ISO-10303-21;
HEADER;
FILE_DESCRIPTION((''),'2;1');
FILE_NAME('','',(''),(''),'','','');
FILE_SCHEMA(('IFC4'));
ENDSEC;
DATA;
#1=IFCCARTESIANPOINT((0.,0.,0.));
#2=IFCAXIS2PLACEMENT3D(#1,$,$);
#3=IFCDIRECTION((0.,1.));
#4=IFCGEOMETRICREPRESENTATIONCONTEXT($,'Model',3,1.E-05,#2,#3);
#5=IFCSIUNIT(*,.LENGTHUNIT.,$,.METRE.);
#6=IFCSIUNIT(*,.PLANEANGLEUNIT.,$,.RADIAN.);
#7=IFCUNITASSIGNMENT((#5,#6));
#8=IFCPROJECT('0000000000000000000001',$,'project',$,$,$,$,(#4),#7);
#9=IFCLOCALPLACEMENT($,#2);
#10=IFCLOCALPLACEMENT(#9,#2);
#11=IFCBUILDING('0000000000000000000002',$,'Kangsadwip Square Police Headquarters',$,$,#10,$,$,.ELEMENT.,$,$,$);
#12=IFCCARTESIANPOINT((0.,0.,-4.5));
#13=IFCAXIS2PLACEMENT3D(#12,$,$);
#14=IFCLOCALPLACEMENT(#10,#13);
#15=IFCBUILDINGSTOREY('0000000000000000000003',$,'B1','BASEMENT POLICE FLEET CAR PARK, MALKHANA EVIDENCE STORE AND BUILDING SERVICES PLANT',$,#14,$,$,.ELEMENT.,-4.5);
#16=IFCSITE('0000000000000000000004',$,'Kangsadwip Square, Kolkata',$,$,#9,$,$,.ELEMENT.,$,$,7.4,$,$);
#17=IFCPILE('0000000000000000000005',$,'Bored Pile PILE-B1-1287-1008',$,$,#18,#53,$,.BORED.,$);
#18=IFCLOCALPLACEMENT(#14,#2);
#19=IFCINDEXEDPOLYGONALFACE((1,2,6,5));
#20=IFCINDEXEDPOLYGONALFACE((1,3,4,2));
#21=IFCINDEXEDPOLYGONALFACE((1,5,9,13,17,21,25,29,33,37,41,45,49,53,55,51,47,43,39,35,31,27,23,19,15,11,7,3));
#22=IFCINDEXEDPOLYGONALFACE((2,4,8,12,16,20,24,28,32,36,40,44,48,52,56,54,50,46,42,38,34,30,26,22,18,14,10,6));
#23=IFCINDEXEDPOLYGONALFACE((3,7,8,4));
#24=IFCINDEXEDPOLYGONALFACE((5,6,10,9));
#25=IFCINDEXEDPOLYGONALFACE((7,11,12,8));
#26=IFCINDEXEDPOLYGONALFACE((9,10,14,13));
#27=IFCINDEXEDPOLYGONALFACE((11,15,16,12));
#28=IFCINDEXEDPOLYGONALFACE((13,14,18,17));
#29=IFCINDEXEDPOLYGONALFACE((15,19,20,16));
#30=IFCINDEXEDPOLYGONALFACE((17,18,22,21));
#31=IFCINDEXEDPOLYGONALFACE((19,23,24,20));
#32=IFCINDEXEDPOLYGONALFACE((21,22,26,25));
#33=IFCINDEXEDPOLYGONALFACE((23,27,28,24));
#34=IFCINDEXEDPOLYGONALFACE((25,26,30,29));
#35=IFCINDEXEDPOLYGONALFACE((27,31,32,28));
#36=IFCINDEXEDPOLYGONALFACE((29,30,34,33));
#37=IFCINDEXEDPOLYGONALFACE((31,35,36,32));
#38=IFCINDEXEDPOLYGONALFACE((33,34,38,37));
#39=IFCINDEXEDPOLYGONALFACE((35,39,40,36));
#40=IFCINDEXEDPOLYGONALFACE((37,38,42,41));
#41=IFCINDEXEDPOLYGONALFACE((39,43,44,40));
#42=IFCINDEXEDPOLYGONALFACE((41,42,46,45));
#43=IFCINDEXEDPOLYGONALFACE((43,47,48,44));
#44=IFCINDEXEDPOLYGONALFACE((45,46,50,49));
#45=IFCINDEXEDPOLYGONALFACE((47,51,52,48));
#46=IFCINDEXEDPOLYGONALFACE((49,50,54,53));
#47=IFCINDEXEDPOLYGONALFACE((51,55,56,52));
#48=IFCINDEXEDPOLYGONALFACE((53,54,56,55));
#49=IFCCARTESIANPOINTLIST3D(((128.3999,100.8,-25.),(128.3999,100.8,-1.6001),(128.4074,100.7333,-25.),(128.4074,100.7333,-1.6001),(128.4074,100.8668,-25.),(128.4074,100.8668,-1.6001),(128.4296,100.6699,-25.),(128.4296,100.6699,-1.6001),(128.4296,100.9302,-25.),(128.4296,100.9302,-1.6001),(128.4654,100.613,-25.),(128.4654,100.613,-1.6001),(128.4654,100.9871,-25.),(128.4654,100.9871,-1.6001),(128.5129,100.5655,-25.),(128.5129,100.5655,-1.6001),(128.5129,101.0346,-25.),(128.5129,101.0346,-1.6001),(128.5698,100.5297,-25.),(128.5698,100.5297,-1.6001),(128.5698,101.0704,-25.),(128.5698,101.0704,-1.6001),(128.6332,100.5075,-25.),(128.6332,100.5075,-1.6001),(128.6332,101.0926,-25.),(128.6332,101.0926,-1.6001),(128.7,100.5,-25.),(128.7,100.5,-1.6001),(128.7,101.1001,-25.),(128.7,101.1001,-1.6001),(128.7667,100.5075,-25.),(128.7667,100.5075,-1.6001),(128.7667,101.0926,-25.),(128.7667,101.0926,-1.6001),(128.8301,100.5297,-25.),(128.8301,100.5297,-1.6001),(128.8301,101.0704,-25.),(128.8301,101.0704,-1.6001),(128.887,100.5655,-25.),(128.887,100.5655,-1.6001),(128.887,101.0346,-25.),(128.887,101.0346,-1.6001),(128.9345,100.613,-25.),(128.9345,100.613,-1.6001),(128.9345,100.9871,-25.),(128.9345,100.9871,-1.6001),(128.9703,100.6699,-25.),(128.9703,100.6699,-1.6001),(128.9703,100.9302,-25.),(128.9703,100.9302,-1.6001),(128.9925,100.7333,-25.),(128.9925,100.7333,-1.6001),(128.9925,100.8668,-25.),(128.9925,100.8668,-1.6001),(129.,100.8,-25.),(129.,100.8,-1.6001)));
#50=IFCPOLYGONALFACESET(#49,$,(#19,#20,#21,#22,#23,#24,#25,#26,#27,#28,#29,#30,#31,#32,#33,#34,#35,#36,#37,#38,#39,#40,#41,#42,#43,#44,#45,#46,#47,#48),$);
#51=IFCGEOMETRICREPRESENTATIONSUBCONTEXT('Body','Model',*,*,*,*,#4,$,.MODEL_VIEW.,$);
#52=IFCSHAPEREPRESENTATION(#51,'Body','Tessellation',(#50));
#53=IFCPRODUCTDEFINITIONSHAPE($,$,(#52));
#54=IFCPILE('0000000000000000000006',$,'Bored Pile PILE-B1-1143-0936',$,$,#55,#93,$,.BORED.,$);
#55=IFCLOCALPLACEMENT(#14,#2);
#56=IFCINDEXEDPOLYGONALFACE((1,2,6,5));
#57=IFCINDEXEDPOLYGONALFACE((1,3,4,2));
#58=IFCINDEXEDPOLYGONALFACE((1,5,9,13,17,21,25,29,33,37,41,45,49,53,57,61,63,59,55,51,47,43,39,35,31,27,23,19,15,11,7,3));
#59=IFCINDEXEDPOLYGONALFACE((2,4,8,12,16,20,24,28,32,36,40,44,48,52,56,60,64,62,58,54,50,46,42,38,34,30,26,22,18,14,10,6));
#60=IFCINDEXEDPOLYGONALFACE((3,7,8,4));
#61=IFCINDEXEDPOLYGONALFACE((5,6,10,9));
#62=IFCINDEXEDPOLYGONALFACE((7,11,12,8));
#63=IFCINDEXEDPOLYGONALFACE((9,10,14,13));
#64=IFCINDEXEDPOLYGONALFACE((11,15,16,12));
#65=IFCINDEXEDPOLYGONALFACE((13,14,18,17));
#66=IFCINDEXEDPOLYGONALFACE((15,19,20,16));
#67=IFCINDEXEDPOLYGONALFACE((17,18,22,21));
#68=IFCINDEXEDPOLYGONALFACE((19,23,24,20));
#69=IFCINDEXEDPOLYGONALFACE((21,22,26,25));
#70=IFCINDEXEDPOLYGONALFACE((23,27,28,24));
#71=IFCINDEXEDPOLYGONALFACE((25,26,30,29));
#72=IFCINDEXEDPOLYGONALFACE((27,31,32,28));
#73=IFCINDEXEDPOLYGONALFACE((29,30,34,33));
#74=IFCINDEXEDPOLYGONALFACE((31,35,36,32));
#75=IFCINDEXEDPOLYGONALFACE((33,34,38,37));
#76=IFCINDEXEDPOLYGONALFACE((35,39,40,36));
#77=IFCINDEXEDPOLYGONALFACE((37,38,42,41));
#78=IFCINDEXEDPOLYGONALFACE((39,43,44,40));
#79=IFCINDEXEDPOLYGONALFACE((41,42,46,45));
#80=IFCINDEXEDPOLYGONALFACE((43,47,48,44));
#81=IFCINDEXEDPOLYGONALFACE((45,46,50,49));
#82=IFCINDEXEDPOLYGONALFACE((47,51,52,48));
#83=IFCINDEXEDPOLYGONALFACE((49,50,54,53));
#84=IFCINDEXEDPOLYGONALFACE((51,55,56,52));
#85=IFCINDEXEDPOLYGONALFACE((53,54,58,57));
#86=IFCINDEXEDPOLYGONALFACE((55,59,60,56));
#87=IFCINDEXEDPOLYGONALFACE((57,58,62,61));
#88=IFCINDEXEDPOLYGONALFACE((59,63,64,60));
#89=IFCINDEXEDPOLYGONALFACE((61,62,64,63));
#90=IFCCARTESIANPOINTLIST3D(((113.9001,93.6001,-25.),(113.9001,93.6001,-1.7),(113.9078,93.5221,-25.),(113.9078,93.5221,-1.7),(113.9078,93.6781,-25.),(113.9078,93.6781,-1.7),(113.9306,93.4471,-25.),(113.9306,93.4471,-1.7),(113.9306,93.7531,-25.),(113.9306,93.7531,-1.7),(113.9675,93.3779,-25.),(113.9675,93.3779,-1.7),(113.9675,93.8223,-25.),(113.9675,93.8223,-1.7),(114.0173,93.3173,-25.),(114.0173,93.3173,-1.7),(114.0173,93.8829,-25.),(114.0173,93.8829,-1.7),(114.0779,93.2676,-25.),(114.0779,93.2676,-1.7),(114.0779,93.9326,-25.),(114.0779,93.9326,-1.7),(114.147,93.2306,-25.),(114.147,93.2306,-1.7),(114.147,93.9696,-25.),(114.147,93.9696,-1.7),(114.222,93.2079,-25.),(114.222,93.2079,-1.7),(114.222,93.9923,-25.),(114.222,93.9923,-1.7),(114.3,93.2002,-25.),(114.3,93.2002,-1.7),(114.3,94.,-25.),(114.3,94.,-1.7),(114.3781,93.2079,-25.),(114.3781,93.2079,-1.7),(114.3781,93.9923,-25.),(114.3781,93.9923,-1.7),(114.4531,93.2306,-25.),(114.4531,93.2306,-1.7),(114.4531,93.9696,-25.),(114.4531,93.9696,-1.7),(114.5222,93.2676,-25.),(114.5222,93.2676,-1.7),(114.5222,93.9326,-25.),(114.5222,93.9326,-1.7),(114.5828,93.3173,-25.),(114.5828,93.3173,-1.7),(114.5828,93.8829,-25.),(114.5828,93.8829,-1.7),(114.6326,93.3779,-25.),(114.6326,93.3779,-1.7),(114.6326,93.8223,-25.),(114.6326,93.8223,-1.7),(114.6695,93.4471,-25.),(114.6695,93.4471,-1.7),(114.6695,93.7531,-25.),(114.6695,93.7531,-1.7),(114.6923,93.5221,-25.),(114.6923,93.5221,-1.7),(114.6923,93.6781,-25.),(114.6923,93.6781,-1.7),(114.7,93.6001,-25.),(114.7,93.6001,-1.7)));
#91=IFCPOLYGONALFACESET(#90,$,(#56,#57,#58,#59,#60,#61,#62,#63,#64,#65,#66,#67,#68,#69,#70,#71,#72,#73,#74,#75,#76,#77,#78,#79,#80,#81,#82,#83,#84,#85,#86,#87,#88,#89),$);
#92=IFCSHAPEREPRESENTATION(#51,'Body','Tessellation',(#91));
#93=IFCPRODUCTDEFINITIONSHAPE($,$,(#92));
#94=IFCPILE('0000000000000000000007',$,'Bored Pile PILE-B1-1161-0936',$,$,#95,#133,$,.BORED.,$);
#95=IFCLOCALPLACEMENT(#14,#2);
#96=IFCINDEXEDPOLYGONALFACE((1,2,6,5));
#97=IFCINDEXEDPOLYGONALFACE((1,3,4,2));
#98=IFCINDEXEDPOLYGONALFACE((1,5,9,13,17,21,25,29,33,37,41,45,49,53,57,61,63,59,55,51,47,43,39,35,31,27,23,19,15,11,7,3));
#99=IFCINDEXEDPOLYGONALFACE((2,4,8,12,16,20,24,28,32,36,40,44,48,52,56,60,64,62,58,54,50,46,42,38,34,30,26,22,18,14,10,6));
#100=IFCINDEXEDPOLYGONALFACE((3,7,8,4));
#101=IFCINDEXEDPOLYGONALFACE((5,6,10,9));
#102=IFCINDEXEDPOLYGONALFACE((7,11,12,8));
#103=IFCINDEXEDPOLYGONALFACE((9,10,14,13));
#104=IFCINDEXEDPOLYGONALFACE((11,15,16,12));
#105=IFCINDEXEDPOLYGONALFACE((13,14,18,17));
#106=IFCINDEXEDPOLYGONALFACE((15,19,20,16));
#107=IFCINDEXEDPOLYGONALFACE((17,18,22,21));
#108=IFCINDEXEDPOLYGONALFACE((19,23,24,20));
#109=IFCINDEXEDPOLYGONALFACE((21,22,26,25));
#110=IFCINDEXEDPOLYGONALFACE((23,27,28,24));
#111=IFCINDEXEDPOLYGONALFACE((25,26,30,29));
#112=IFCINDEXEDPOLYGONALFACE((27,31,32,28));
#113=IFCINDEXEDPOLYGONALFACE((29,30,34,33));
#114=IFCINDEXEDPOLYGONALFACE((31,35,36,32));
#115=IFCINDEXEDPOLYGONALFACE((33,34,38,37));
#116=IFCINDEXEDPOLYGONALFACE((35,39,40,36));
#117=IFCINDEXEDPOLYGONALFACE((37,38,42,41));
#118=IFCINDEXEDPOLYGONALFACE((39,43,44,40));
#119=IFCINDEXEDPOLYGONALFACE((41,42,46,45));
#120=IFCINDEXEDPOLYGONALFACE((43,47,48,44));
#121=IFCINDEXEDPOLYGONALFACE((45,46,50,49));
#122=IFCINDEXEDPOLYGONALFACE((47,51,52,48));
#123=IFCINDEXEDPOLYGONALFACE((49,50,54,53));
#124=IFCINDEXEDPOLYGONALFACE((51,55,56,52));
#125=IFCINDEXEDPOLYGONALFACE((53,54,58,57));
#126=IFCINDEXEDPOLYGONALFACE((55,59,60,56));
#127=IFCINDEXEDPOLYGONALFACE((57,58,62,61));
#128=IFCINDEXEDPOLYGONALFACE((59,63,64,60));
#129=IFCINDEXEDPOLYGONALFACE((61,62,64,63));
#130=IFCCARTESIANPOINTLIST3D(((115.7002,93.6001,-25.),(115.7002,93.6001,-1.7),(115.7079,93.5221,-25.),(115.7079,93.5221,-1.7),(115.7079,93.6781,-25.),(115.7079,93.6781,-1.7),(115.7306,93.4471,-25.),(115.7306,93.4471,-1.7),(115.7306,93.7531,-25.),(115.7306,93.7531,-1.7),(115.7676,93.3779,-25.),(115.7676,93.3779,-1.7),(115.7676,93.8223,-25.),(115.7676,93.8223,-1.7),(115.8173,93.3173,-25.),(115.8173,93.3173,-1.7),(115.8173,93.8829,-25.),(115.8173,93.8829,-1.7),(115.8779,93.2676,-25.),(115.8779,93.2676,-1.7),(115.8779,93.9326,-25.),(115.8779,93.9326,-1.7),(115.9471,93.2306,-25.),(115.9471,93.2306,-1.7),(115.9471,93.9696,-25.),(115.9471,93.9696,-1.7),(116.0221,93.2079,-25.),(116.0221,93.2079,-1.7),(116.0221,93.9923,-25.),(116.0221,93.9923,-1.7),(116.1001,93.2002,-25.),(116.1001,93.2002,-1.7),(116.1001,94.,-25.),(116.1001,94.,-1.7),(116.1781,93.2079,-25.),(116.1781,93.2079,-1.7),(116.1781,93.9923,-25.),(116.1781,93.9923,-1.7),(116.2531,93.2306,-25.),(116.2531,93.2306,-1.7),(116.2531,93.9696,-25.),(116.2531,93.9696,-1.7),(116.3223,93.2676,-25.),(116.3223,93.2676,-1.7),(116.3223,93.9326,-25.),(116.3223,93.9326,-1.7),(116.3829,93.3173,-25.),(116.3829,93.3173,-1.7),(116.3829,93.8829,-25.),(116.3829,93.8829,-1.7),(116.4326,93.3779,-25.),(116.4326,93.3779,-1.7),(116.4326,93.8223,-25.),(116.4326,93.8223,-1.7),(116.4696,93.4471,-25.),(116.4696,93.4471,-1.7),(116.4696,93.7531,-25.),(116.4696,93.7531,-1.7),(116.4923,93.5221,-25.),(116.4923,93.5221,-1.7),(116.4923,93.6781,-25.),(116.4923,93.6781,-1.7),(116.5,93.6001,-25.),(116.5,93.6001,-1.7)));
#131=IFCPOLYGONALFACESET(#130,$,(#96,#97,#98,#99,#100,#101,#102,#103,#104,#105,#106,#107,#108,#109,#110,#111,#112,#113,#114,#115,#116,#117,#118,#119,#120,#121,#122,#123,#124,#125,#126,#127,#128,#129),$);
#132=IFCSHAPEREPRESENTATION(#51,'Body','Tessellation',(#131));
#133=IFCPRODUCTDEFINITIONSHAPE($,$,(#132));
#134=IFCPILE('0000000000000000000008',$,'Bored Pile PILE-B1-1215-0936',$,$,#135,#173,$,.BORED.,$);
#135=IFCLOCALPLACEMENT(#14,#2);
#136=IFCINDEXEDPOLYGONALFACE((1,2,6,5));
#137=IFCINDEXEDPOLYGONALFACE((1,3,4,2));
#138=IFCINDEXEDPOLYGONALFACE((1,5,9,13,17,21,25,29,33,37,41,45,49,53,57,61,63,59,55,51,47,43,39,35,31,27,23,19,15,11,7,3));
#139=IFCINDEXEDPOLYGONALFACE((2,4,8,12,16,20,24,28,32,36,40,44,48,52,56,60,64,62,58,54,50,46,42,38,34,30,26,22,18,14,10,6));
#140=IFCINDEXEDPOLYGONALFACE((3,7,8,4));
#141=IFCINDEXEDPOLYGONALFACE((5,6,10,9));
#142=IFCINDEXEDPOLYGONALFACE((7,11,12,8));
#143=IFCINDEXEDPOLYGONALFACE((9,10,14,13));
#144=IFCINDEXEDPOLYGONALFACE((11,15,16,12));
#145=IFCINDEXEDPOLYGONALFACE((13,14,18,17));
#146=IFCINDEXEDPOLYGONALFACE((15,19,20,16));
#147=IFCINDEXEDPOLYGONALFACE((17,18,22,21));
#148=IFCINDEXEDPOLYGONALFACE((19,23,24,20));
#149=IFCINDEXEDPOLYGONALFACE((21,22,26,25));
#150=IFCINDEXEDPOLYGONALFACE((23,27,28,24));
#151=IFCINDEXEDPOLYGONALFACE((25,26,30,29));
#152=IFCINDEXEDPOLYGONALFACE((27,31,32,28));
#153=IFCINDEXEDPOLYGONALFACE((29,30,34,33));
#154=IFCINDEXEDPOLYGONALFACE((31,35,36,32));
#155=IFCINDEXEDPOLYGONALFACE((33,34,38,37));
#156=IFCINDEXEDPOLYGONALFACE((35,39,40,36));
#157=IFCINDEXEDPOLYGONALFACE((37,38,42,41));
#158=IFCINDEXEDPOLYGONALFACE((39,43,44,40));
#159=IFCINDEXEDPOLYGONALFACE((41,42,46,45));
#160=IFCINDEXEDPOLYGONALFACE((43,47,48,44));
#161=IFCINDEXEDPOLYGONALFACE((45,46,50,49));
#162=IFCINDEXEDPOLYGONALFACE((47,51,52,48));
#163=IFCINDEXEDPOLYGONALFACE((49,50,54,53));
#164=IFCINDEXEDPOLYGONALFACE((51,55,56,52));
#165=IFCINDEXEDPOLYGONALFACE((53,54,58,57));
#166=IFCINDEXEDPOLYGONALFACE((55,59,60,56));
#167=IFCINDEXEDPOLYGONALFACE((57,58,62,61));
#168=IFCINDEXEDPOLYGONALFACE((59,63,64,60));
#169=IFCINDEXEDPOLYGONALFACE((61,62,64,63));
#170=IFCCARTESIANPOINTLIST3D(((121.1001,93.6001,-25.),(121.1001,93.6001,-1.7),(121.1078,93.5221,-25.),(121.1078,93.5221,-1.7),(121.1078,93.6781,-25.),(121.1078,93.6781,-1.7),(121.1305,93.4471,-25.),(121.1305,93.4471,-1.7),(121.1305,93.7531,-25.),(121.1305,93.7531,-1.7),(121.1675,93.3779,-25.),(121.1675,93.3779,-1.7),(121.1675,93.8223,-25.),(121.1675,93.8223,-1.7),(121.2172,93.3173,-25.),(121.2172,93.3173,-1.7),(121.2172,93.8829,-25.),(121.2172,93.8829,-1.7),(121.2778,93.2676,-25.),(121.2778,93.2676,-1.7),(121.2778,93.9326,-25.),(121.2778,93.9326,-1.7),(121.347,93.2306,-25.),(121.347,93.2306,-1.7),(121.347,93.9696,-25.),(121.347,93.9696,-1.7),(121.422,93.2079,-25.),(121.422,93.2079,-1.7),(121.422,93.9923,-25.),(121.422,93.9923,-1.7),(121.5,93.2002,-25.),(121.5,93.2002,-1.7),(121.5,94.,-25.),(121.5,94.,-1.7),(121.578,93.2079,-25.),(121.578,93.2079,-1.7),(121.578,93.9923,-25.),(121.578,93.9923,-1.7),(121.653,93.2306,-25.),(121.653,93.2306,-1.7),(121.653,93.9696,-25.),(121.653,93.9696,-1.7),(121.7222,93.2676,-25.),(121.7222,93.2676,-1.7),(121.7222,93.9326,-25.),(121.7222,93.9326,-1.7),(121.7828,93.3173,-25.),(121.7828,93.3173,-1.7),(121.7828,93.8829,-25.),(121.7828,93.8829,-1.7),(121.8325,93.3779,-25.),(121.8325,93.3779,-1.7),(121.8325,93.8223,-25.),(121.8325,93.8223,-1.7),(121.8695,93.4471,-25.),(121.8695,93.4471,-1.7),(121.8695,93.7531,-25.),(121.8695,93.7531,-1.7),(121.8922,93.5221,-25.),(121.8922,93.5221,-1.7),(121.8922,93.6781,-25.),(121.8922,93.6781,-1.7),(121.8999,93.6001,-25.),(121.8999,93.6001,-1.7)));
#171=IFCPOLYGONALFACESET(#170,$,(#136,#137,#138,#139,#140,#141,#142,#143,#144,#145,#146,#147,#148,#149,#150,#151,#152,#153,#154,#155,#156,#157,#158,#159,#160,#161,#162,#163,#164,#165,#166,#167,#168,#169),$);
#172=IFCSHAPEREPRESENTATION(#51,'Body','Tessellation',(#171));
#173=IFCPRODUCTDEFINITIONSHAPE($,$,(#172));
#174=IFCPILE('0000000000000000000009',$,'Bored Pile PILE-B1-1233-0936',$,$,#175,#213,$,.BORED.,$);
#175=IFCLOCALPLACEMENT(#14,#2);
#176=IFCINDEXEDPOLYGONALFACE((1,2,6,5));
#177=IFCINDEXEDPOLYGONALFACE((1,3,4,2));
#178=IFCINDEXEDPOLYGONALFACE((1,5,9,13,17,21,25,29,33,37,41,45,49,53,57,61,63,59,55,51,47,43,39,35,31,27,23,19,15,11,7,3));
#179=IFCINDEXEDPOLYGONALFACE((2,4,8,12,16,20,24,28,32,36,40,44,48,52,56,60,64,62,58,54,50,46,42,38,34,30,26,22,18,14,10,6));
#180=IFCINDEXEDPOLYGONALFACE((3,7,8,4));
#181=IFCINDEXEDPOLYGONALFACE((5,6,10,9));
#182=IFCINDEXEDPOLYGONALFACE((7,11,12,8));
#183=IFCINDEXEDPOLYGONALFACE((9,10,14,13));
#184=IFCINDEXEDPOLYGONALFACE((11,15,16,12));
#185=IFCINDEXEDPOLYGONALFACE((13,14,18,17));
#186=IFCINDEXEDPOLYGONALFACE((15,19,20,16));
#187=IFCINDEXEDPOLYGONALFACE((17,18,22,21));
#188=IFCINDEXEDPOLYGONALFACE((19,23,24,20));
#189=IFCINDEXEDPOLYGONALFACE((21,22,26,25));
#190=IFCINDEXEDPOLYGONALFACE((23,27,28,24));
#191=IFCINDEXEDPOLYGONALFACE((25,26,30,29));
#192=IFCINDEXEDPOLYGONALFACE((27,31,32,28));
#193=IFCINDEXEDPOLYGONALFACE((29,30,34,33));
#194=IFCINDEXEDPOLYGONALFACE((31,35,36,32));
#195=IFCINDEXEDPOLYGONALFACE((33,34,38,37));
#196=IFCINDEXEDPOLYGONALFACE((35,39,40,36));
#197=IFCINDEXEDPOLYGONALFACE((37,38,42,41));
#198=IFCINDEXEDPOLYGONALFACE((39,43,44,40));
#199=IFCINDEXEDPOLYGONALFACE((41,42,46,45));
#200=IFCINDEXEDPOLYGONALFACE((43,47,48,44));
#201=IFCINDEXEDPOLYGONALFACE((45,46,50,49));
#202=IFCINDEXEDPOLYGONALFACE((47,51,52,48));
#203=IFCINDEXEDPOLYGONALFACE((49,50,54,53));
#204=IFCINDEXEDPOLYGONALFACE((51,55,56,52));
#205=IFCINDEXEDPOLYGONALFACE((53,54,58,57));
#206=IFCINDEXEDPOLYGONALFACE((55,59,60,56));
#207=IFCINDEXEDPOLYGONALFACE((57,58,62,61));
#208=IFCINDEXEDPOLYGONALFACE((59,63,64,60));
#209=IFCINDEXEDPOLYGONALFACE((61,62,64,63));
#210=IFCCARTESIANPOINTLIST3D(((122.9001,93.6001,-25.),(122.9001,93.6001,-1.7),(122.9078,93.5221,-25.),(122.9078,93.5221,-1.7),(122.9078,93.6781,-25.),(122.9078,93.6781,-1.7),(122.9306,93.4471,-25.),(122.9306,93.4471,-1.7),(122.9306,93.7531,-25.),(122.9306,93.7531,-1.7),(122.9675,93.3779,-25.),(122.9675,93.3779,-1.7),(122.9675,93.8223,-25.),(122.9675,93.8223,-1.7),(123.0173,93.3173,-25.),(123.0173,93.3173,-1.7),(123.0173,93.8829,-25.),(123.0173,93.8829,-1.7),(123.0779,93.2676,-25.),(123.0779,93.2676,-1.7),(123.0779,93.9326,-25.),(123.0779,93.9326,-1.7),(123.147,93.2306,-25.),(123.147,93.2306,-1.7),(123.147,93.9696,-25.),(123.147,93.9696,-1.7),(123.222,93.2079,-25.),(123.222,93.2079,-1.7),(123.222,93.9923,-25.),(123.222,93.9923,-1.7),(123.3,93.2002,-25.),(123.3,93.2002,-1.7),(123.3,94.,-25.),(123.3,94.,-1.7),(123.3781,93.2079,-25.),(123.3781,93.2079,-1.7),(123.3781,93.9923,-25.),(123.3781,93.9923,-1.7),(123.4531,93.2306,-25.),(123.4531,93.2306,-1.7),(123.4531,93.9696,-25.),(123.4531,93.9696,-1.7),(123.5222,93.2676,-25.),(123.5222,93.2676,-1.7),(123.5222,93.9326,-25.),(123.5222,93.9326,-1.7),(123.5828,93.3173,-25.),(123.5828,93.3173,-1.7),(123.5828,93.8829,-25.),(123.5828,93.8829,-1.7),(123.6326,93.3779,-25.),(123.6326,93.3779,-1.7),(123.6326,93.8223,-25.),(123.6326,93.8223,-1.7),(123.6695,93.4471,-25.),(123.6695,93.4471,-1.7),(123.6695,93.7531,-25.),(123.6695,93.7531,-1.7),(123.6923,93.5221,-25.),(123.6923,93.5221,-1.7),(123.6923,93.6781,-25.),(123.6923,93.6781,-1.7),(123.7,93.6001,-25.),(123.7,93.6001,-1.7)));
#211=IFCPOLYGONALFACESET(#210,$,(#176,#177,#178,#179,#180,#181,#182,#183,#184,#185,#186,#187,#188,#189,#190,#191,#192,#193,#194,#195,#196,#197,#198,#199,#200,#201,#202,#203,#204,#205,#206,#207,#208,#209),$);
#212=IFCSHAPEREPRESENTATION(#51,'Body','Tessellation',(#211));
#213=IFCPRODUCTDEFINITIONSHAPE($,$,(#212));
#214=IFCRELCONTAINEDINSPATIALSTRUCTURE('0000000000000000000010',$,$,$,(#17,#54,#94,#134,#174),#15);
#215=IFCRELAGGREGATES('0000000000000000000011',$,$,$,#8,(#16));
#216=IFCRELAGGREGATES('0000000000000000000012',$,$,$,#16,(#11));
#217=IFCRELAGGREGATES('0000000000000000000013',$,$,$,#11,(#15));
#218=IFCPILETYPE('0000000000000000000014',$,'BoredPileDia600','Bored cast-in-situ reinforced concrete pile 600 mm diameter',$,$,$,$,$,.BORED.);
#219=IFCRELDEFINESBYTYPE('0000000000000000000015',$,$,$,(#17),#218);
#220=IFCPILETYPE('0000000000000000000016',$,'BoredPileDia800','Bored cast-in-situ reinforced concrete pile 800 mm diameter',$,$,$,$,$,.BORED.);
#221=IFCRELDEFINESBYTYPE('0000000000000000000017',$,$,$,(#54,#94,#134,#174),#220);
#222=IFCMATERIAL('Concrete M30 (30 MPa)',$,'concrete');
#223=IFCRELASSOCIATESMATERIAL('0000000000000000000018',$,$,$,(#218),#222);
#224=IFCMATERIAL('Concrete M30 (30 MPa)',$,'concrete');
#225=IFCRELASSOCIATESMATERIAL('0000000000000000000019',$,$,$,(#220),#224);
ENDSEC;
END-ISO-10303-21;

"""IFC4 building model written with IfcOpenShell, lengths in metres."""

from ifc_helpers import new_model, si_unit, direction, frame, origin, origin_2d, place, context, subcontext, project, spatial, circle, extrude, material, material_profile, profile_set, type_object, element, save


model = new_model("IFC4")

# Units and contexts
model_context = context("Model", 3, precision=1e-05, world=origin(), true_north=direction((0.0, 1.0)))
body_context = subcontext(model_context, "Body", "Model", "MODEL_VIEW")
ifc_project = project(units=[si_unit("LENGTHUNIT", "METRE"), si_unit("PLANEANGLEUNIT", "RADIAN")], contexts=[model_context])

# Site, building, storey
site_placement = place(None, origin())
site = spatial("IfcSite", under=ifc_project, at=site_placement, Name="Kangsadwip Square, Kolkata", CompositionType="ELEMENT", RefElevation=7.4)
building_placement = place(site_placement, origin())
building = spatial("IfcBuilding", under=site, at=building_placement, Name="Kangsadwip Square Police Headquarters", CompositionType="ELEMENT")
storey_placement = place(building_placement, frame((0.0, 0.0, -4.5)))
storey = spatial("IfcBuildingStorey", under=building, at=storey_placement, Name="B1", Description="BASEMENT POLICE FLEET CAR PARK, MALKHANA EVIDENCE STORE AND BUILDING SERVICES PLANT", CompositionType="ELEMENT", Elevation=-4.5)

# Piles
ifc_material_1 = material(Name="Concrete M30 (30 MPa)", Category="concrete")
ifc_material_profile_1 = material_profile(ifc_material_1, circle(Radius=0.3, at=origin_2d()), Name="PILE DIA 600")
ifc_profile_set_1 = profile_set([ifc_material_profile_1], Name="Concrete M30 (30 MPa)")
pile_type_1 = type_object("IfcPileType", Name="BoredPileDia600", Description="Bored cast-in-situ reinforced concrete pile 600 mm diameter", PredefinedType="BORED", material=ifc_profile_set_1)
for number, where, z_axis, x_axis, name in (
    (1, (128.7, 100.8, -1.6001), (0.0, 0.0, -1.0), (1.0, 0.0, 0.0), "Bored Pile PILE-B1-1287-1008"),
):
    element("IfcPile", number, at=place(storey_placement, frame(where, z_axis=z_axis, x_axis=x_axis)), inside=storey, type_object=pile_type_1, Name=name, PredefinedType="BORED", context=body_context, shape_type="SweptSolid", body=[
        extrude(circle(Radius=0.3, at=origin_2d()), origin(), (0.0, 0.0, 1.0), 23.3999),
    ])
ifc_material_2 = material(Name="Concrete M30 (30 MPa)", Category="concrete")
ifc_material_profile_2 = material_profile(ifc_material_2, circle(Radius=0.3999, at=origin_2d()), Name="PILE DIA 800")
ifc_profile_set_2 = profile_set([ifc_material_profile_2], Name="Concrete M30 (30 MPa)")
pile_type_2 = type_object("IfcPileType", Name="BoredPileDia800", Description="Bored cast-in-situ reinforced concrete pile 800 mm diameter", PredefinedType="BORED", material=ifc_profile_set_2)
for number, where, z_axis, x_axis, name in (
    (2, (114.3, 93.6001, -1.7), (0.0, 0.0, -1.0), (1.0, 0.0, 0.0), "Bored Pile PILE-B1-1143-0936"),
    (3, (116.1001, 93.6001, -1.7), (0.0, 0.0, -1.0), (1.0, 0.0, 0.0), "Bored Pile PILE-B1-1161-0936"),
    (4, (121.5, 93.6001, -1.7), (0.0, 0.0, -1.0), (1.0, 0.0, 0.0), "Bored Pile PILE-B1-1215-0936"),
    (5, (123.3, 93.6001, -1.7), (0.0, 0.0, -1.0), (1.0, 0.0, 0.0), "Bored Pile PILE-B1-1233-0936"),
):
    element("IfcPile", number, at=place(storey_placement, frame(where, z_axis=z_axis, x_axis=x_axis)), inside=storey, type_object=pile_type_2, Name=name, PredefinedType="BORED", context=body_context, shape_type="SweptSolid", body=[
        extrude(circle(Radius=0.3999, at=origin_2d()), origin(), (0.0, 0.0, 1.0), 23.3),
    ])

save(model, "model.ifc")
